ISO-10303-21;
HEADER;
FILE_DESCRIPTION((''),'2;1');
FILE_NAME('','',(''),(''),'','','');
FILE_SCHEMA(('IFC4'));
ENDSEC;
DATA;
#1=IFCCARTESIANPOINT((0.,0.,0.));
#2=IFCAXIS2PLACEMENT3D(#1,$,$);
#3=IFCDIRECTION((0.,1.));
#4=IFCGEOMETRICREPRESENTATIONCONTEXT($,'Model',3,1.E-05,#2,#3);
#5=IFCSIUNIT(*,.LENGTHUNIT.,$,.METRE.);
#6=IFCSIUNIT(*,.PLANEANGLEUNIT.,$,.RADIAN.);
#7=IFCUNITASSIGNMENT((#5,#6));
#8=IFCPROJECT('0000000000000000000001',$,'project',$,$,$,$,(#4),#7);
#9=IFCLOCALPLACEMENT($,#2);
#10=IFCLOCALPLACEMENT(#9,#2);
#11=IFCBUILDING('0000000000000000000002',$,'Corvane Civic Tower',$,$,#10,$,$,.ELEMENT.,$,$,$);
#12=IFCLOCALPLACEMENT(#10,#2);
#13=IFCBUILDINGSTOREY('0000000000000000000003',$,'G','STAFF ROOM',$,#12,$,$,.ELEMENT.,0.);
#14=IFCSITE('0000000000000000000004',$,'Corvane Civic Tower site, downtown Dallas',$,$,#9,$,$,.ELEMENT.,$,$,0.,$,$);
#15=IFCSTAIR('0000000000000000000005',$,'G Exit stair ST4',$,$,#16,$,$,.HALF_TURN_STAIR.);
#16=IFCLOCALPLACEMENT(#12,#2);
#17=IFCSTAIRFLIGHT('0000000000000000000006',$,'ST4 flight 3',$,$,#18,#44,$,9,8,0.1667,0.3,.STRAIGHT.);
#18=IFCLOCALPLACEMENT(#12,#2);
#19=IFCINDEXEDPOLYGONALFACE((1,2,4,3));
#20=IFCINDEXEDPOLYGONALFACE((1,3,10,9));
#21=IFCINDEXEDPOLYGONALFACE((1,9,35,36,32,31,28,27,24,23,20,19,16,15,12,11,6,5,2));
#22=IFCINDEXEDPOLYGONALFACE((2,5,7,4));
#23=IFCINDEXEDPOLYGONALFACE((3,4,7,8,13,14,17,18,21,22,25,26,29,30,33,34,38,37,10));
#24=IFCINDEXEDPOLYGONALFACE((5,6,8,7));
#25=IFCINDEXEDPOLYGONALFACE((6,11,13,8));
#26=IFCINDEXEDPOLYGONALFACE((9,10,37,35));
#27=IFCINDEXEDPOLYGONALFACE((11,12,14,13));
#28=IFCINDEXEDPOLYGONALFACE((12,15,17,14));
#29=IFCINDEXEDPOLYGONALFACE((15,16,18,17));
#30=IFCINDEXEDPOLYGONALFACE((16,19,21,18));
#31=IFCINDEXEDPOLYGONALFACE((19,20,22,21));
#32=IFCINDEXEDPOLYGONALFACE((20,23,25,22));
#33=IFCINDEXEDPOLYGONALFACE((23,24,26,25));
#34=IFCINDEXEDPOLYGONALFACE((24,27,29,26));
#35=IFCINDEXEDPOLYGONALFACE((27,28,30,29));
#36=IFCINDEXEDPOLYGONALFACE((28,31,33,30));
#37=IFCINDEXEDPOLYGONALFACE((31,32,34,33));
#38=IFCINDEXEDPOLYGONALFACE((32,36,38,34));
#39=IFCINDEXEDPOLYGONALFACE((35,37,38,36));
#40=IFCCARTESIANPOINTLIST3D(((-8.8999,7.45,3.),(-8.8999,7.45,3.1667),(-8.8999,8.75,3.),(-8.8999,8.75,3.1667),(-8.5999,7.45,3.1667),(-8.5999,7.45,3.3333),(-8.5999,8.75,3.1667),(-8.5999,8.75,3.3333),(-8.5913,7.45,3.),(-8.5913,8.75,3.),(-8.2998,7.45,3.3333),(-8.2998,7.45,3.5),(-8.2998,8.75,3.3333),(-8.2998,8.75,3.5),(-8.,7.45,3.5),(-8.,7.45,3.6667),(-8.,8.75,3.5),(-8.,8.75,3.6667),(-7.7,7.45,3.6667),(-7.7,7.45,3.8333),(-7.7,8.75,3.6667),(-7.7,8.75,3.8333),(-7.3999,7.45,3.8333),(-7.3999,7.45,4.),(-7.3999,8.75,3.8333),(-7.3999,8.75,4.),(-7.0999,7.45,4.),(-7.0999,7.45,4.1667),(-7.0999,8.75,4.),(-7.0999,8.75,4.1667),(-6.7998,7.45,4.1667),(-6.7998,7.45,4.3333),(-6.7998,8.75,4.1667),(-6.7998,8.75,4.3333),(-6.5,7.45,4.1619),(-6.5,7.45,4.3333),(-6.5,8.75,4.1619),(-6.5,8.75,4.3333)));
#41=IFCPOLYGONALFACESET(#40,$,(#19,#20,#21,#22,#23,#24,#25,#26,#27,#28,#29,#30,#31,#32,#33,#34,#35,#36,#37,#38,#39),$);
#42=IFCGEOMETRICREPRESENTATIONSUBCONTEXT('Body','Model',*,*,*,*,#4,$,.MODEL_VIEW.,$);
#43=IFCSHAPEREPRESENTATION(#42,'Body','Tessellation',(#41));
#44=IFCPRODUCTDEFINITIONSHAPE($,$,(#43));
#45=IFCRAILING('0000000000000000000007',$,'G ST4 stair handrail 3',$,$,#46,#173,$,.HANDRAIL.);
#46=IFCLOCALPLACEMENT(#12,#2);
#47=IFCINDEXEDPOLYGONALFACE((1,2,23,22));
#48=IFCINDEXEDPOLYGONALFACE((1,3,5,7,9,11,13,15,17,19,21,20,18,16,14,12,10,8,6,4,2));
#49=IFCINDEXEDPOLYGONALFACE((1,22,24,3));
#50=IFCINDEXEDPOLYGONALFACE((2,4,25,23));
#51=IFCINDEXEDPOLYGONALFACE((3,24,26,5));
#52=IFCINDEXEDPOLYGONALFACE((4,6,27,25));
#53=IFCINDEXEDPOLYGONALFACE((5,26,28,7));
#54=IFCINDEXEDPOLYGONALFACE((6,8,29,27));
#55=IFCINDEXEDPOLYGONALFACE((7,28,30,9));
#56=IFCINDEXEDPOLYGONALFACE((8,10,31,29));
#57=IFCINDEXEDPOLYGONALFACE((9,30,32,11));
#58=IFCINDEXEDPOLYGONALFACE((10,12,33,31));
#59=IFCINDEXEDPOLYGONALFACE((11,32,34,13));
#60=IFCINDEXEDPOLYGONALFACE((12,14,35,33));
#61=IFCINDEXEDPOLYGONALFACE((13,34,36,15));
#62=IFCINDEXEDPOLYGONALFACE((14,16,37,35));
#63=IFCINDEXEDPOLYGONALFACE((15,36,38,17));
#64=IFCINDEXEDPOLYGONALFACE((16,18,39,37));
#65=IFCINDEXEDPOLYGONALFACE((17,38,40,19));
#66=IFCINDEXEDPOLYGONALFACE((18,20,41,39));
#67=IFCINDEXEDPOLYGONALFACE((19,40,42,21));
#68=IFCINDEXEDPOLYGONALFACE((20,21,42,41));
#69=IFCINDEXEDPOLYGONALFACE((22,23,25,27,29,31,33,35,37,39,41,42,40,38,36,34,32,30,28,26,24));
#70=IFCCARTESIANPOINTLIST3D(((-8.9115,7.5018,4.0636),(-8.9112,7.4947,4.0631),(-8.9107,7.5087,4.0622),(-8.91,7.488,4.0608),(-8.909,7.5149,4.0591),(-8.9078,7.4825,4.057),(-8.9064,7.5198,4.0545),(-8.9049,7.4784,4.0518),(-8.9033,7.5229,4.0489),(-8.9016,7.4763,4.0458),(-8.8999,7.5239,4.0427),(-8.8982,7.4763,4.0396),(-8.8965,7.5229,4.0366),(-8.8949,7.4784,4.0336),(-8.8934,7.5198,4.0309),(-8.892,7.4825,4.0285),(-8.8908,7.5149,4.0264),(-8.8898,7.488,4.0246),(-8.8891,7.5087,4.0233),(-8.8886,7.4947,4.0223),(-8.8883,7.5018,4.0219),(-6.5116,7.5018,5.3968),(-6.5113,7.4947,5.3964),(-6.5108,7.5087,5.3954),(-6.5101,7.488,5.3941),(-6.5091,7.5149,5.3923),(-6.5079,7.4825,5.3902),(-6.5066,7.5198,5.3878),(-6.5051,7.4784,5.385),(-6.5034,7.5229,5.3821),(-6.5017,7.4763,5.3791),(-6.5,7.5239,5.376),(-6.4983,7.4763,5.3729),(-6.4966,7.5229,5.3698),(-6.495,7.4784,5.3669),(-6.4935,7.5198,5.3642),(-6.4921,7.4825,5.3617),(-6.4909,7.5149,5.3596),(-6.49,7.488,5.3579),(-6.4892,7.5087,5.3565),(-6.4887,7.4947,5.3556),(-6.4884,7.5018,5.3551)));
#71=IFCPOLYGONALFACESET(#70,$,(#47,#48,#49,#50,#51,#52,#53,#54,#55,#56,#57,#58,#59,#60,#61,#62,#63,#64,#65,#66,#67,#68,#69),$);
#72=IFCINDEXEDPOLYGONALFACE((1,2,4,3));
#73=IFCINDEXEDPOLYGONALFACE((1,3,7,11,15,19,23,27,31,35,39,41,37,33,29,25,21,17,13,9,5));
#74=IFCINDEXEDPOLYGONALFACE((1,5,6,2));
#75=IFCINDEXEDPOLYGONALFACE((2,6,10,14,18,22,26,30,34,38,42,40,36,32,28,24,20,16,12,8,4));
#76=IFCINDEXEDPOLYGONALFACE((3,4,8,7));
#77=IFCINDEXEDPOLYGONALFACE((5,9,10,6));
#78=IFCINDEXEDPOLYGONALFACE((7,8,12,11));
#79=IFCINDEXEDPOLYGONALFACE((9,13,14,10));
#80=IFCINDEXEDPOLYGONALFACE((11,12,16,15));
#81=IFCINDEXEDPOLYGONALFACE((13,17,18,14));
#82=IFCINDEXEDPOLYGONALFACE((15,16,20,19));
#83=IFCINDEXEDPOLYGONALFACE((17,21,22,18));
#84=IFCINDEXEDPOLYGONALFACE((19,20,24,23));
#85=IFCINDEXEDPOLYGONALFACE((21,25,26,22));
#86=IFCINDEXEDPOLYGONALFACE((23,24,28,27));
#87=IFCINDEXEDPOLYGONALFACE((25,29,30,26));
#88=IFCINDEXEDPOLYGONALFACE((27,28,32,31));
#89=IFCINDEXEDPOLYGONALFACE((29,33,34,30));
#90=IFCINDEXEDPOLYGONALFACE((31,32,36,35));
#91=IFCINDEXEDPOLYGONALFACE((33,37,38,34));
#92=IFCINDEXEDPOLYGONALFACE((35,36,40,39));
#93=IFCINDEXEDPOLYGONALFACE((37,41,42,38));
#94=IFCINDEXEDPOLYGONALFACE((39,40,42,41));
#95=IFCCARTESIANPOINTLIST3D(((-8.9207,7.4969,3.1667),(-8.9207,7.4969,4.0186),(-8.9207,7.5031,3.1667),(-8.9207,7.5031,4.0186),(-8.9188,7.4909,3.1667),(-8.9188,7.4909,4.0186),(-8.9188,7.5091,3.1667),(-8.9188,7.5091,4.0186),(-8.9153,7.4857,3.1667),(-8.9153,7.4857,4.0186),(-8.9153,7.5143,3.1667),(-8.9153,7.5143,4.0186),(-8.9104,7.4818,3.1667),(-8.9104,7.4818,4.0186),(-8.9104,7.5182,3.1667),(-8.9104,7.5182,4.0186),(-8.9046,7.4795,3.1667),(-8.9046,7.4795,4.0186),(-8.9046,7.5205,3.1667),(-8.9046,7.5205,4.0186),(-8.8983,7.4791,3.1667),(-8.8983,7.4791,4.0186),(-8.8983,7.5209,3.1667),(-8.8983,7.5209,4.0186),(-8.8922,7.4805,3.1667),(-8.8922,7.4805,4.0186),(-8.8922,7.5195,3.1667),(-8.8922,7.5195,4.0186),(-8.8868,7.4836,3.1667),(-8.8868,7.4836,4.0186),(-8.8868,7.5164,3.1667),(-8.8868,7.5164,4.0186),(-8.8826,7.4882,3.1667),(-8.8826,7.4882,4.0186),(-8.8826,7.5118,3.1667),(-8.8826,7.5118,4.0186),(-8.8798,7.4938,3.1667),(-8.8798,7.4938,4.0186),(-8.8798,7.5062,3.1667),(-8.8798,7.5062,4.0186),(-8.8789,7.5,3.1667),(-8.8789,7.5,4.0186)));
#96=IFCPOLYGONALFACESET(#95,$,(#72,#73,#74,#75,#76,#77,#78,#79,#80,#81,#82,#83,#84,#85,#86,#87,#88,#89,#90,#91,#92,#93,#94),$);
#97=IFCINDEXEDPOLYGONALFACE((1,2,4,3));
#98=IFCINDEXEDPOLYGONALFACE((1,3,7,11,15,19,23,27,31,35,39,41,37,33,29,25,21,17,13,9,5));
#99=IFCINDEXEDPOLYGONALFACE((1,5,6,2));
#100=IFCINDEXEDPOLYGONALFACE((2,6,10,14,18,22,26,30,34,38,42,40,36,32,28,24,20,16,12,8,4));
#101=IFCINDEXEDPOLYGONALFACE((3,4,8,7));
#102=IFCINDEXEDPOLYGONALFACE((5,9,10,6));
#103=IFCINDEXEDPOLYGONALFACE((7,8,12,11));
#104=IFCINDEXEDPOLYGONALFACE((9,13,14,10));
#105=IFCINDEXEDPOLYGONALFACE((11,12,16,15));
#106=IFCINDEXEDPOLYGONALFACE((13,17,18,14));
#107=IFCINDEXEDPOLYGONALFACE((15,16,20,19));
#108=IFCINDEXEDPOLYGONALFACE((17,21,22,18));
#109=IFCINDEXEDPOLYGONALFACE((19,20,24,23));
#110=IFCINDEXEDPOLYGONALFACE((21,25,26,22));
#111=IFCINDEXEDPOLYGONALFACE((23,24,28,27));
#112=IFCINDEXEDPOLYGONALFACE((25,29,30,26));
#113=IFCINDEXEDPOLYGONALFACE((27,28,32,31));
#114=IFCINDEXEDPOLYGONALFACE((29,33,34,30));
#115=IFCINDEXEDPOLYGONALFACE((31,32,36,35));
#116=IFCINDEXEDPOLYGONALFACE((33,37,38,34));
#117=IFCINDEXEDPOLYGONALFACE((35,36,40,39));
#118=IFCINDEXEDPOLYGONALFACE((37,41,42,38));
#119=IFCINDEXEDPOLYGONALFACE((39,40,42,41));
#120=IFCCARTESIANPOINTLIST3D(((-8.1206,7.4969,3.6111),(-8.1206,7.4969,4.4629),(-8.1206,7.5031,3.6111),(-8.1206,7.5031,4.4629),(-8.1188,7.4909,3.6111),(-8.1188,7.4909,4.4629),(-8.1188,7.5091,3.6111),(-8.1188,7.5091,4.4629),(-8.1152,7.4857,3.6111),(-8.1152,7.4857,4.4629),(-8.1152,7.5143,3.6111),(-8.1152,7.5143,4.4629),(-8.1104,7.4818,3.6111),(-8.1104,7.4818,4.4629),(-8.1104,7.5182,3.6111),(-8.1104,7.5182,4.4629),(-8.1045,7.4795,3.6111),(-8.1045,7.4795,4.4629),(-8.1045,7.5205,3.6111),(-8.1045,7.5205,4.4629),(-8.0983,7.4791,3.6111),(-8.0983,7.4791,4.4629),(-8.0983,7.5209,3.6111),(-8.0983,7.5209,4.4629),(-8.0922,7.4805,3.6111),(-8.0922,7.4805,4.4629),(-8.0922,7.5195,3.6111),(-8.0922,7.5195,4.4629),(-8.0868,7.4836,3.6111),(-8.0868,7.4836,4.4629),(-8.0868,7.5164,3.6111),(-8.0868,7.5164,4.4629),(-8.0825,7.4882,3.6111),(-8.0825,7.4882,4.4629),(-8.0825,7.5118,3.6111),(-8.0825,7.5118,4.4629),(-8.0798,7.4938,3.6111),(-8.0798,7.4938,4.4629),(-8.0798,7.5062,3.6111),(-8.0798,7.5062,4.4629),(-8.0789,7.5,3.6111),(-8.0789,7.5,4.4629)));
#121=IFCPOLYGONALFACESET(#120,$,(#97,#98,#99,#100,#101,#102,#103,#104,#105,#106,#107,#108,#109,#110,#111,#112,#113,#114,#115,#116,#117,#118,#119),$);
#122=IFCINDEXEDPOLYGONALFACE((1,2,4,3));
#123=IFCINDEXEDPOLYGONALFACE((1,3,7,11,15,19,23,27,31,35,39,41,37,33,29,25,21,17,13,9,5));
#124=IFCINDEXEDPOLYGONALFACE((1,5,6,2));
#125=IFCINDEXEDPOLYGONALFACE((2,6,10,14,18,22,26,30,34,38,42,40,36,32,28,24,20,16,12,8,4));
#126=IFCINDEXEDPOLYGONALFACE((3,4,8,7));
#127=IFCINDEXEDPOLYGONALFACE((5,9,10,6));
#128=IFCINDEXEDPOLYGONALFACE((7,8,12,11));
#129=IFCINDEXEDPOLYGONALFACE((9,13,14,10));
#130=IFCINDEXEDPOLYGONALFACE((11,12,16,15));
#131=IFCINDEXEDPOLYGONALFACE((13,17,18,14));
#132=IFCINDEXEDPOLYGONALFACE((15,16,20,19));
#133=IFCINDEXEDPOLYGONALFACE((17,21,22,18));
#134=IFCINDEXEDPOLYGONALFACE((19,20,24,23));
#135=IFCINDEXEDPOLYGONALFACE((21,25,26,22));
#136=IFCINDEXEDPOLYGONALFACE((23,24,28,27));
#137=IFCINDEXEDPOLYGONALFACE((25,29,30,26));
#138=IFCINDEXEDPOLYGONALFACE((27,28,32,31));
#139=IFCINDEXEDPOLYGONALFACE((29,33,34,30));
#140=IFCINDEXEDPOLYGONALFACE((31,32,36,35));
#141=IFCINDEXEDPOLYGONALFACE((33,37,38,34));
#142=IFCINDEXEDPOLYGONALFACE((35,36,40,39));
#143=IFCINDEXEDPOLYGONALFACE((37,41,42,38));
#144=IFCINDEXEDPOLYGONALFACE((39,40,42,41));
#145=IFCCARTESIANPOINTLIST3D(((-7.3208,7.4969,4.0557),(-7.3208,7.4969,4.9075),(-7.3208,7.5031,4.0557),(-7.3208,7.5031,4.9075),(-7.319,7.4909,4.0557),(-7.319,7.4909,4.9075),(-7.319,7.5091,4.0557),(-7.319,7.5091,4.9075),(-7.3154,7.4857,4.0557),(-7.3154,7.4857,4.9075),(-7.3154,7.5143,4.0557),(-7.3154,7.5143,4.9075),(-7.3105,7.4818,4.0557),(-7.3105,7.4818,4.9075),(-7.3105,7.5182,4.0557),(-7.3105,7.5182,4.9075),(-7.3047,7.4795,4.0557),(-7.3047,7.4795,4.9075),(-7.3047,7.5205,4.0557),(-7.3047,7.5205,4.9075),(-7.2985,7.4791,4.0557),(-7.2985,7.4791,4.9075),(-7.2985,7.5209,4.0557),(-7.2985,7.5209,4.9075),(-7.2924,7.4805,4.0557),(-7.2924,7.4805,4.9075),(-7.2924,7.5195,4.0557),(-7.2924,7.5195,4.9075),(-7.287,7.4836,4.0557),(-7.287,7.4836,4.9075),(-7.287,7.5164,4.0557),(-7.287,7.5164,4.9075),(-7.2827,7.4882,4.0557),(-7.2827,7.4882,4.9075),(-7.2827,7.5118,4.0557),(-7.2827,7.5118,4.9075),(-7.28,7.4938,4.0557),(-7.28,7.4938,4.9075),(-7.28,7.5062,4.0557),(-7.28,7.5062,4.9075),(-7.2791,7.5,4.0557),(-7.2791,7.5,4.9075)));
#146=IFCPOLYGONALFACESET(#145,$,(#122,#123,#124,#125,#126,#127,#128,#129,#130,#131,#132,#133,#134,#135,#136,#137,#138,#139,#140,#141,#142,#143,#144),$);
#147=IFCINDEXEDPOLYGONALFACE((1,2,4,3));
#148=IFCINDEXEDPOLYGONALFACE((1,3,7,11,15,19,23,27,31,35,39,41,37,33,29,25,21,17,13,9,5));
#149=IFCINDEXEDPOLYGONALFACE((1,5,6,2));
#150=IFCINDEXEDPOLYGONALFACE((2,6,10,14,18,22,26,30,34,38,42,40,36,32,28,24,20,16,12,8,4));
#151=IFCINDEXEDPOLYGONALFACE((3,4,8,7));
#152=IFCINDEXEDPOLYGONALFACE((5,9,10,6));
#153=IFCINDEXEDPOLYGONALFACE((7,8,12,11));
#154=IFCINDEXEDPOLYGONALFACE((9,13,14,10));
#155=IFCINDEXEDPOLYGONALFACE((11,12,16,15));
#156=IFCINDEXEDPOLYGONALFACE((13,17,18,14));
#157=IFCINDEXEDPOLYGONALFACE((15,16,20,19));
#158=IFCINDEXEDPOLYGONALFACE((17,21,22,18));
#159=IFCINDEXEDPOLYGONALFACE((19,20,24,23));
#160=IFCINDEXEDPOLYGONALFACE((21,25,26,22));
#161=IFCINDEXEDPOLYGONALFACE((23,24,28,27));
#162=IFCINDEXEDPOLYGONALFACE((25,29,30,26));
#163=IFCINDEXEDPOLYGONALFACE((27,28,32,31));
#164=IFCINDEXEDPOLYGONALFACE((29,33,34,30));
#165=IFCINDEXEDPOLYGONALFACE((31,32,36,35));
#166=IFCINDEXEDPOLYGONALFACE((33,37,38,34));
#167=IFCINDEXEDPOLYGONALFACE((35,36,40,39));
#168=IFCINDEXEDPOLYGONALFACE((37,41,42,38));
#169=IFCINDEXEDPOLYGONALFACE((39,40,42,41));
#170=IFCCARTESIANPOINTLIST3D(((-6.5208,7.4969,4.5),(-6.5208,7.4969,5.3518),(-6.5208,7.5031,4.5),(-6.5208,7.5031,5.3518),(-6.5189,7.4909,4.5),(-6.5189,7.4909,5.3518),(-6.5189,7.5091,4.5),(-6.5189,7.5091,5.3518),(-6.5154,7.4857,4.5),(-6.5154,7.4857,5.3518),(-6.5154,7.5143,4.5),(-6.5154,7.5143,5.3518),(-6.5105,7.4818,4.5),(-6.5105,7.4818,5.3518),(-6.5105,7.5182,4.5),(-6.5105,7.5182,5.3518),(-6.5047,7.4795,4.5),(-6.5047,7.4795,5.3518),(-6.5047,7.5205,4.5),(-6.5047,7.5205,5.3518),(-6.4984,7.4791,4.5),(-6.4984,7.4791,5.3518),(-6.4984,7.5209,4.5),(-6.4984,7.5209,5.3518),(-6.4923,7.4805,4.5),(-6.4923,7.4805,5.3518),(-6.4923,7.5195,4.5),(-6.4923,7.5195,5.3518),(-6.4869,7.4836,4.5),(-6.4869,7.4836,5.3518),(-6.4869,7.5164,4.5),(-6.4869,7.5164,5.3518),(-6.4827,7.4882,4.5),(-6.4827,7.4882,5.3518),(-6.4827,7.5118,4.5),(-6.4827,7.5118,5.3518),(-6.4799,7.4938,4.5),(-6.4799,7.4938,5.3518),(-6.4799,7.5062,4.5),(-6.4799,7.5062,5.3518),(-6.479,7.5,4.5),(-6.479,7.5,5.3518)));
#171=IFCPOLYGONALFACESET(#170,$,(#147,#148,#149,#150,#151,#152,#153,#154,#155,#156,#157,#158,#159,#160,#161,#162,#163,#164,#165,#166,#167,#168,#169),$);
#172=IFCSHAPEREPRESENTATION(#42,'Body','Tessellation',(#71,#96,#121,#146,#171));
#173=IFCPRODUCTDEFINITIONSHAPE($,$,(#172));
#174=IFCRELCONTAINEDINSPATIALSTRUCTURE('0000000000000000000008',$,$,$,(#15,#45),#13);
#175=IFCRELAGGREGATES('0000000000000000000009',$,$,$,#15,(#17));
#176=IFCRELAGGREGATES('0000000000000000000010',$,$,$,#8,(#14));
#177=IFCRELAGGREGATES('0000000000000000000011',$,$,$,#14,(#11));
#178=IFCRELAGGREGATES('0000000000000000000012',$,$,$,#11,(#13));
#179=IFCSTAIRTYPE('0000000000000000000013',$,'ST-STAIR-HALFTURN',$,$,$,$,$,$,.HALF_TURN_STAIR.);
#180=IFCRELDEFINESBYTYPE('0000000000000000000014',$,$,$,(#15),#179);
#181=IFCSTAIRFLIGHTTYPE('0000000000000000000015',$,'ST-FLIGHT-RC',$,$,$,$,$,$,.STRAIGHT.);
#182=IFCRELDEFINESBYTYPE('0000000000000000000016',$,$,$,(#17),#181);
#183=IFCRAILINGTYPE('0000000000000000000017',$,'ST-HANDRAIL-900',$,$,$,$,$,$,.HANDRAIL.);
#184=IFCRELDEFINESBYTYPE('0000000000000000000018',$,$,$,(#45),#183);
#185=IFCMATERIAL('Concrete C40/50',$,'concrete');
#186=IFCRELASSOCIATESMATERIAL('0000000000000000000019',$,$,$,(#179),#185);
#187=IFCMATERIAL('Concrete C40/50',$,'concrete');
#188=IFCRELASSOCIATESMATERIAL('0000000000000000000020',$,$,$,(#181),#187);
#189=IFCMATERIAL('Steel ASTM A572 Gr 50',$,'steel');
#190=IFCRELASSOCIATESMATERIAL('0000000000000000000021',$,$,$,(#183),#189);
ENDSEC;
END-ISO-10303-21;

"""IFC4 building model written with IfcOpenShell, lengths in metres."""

from ifc_helpers import new_model, si_unit, direction, frame, origin, origin_2d, place, context, subcontext, project, spatial, polyline, circle, outline, extrude, material, type_object, element, aggregate, save


model = new_model("IFC4")

# Units and contexts
model_context = context("Model", 3, precision=1e-05, world=origin(), true_north=direction((0.0, 1.0)))
body_context = subcontext(model_context, "Body", "Model", "MODEL_VIEW")
ifc_project = project(units=[si_unit("LENGTHUNIT", "METRE"), si_unit("PLANEANGLEUNIT", "RADIAN")], contexts=[model_context])

# Site, building, storey
site_placement = place(None, origin())
site = spatial("IfcSite", under=ifc_project, at=site_placement, Name="Corvane Civic Tower site, downtown Dallas", CompositionType="ELEMENT", RefElevation=0.0)
building_placement = place(site_placement, origin())
building = spatial("IfcBuilding", under=site, at=building_placement, Name="Corvane Civic Tower", CompositionType="ELEMENT")
storey_placement = place(building_placement, origin())
storey = spatial("IfcBuildingStorey", under=building, at=storey_placement, Name="G", Description="STAFF ROOM", CompositionType="ELEMENT", Elevation=0.0)

# Stair, stair flight
ifc_material_1 = material(Name="Concrete C40/50", Category="concrete")
stair_type = type_object("IfcStairType", Name="ST-STAIR-HALFTURN", PredefinedType="HALF_TURN_STAIR", material=ifc_material_1)
stair_placement = place(storey_placement, origin())
stair = element("IfcStair", 1, at=stair_placement, inside=storey, type_object=stair_type, Name="G Exit stair ST4", PredefinedType="HALF_TURN_STAIR")
ifc_material_2 = material(Name="Concrete C40/50", Category="concrete")
stair_flight_type = type_object("IfcStairFlightType", Name="ST-FLIGHT-RC", PredefinedType="STRAIGHT", material=ifc_material_2)
stair_flight_1_placement = place(storey_placement, frame((-8.8999, 8.1001, 3.0), z_axis=(0.0, 0.0, 1.0), x_axis=(1.0, 0.0, 0.0)))
stair_flight_1 = element("IfcStairFlight", 2, at=stair_flight_1_placement, type_object=stair_flight_type, Name="ST4 flight 3", NumberOfRisers=9, NumberOfTreads=8, PredefinedType="STRAIGHT", RiserHeight=0.1667, TreadLength=0.3, context=body_context, shape_type="SweptSolid", body=[
    extrude(outline(polyline([(0.0, 0.0), (0.0, 0.1667), (0.3, 0.1667), (0.3, 0.3333), (0.6001, 0.3333), (0.6001, 0.5), (0.8999, 0.5), (0.8999, 0.6667), (1.2, 0.6667), (1.2, 0.8333), (1.5, 0.8333), (1.5, 1.0), (1.8, 1.0), (1.8, 1.1667), (2.1001, 1.1667), (2.1001, 1.3333), (2.3999, 1.3333), (2.3999, 1.5), (2.3999, 1.1619), (0.3086, 0.0), (0.0, 0.0)])), frame((0.0, 0.6499, 0.0), z_axis=(0.0, -1.0, 0.0), x_axis=(1.0, 0.0, 0.0)), (0.0, 0.0, 1.0), 1.3),
])
aggregate(stair, [stair_flight_1])

# Railing
ifc_material_3 = material(Name="Steel ASTM A572 Gr 50", Category="steel")
railing_type_1 = type_object("IfcRailingType", Name="ST-HANDRAIL-900", PredefinedType="HANDRAIL", material=ifc_material_3)
railing_1_placement = place(storey_placement, frame((-8.8999, 7.5, 3.1667)))
element("IfcRailing", 3, at=railing_1_placement, inside=storey, type_object=railing_type_1, Name="G ST4 stair handrail 3", PredefinedType="HANDRAIL", context=body_context, shape_type="SweptSolid", body=[
    extrude(circle(Radius=0.0239, at=origin_2d()), frame((0.0, 0.0, 0.876), z_axis=(0.874161, 0.0, 0.485635), x_axis=(0.0, 1.0, 0.0)), (0.0, 0.0, 1.0), 2.7454),
    extrude(circle(Radius=0.021, at=origin_2d()), origin(), (0.0, 0.0, 1.0), 0.8518),
    extrude(circle(Radius=0.021, at=origin_2d()), frame((0.8, 0.0, 0.4443)), (0.0, 0.0, 1.0), 0.8518),
    extrude(circle(Radius=0.021, at=origin_2d()), frame((1.5999, 0.0, 0.8889)), (0.0, 0.0, 1.0), 0.8518),
    extrude(circle(Radius=0.021, at=origin_2d()), frame((2.3999, 0.0, 1.3333)), (0.0, 0.0, 1.0), 0.8518),
])

save(model, "model.ifc")
